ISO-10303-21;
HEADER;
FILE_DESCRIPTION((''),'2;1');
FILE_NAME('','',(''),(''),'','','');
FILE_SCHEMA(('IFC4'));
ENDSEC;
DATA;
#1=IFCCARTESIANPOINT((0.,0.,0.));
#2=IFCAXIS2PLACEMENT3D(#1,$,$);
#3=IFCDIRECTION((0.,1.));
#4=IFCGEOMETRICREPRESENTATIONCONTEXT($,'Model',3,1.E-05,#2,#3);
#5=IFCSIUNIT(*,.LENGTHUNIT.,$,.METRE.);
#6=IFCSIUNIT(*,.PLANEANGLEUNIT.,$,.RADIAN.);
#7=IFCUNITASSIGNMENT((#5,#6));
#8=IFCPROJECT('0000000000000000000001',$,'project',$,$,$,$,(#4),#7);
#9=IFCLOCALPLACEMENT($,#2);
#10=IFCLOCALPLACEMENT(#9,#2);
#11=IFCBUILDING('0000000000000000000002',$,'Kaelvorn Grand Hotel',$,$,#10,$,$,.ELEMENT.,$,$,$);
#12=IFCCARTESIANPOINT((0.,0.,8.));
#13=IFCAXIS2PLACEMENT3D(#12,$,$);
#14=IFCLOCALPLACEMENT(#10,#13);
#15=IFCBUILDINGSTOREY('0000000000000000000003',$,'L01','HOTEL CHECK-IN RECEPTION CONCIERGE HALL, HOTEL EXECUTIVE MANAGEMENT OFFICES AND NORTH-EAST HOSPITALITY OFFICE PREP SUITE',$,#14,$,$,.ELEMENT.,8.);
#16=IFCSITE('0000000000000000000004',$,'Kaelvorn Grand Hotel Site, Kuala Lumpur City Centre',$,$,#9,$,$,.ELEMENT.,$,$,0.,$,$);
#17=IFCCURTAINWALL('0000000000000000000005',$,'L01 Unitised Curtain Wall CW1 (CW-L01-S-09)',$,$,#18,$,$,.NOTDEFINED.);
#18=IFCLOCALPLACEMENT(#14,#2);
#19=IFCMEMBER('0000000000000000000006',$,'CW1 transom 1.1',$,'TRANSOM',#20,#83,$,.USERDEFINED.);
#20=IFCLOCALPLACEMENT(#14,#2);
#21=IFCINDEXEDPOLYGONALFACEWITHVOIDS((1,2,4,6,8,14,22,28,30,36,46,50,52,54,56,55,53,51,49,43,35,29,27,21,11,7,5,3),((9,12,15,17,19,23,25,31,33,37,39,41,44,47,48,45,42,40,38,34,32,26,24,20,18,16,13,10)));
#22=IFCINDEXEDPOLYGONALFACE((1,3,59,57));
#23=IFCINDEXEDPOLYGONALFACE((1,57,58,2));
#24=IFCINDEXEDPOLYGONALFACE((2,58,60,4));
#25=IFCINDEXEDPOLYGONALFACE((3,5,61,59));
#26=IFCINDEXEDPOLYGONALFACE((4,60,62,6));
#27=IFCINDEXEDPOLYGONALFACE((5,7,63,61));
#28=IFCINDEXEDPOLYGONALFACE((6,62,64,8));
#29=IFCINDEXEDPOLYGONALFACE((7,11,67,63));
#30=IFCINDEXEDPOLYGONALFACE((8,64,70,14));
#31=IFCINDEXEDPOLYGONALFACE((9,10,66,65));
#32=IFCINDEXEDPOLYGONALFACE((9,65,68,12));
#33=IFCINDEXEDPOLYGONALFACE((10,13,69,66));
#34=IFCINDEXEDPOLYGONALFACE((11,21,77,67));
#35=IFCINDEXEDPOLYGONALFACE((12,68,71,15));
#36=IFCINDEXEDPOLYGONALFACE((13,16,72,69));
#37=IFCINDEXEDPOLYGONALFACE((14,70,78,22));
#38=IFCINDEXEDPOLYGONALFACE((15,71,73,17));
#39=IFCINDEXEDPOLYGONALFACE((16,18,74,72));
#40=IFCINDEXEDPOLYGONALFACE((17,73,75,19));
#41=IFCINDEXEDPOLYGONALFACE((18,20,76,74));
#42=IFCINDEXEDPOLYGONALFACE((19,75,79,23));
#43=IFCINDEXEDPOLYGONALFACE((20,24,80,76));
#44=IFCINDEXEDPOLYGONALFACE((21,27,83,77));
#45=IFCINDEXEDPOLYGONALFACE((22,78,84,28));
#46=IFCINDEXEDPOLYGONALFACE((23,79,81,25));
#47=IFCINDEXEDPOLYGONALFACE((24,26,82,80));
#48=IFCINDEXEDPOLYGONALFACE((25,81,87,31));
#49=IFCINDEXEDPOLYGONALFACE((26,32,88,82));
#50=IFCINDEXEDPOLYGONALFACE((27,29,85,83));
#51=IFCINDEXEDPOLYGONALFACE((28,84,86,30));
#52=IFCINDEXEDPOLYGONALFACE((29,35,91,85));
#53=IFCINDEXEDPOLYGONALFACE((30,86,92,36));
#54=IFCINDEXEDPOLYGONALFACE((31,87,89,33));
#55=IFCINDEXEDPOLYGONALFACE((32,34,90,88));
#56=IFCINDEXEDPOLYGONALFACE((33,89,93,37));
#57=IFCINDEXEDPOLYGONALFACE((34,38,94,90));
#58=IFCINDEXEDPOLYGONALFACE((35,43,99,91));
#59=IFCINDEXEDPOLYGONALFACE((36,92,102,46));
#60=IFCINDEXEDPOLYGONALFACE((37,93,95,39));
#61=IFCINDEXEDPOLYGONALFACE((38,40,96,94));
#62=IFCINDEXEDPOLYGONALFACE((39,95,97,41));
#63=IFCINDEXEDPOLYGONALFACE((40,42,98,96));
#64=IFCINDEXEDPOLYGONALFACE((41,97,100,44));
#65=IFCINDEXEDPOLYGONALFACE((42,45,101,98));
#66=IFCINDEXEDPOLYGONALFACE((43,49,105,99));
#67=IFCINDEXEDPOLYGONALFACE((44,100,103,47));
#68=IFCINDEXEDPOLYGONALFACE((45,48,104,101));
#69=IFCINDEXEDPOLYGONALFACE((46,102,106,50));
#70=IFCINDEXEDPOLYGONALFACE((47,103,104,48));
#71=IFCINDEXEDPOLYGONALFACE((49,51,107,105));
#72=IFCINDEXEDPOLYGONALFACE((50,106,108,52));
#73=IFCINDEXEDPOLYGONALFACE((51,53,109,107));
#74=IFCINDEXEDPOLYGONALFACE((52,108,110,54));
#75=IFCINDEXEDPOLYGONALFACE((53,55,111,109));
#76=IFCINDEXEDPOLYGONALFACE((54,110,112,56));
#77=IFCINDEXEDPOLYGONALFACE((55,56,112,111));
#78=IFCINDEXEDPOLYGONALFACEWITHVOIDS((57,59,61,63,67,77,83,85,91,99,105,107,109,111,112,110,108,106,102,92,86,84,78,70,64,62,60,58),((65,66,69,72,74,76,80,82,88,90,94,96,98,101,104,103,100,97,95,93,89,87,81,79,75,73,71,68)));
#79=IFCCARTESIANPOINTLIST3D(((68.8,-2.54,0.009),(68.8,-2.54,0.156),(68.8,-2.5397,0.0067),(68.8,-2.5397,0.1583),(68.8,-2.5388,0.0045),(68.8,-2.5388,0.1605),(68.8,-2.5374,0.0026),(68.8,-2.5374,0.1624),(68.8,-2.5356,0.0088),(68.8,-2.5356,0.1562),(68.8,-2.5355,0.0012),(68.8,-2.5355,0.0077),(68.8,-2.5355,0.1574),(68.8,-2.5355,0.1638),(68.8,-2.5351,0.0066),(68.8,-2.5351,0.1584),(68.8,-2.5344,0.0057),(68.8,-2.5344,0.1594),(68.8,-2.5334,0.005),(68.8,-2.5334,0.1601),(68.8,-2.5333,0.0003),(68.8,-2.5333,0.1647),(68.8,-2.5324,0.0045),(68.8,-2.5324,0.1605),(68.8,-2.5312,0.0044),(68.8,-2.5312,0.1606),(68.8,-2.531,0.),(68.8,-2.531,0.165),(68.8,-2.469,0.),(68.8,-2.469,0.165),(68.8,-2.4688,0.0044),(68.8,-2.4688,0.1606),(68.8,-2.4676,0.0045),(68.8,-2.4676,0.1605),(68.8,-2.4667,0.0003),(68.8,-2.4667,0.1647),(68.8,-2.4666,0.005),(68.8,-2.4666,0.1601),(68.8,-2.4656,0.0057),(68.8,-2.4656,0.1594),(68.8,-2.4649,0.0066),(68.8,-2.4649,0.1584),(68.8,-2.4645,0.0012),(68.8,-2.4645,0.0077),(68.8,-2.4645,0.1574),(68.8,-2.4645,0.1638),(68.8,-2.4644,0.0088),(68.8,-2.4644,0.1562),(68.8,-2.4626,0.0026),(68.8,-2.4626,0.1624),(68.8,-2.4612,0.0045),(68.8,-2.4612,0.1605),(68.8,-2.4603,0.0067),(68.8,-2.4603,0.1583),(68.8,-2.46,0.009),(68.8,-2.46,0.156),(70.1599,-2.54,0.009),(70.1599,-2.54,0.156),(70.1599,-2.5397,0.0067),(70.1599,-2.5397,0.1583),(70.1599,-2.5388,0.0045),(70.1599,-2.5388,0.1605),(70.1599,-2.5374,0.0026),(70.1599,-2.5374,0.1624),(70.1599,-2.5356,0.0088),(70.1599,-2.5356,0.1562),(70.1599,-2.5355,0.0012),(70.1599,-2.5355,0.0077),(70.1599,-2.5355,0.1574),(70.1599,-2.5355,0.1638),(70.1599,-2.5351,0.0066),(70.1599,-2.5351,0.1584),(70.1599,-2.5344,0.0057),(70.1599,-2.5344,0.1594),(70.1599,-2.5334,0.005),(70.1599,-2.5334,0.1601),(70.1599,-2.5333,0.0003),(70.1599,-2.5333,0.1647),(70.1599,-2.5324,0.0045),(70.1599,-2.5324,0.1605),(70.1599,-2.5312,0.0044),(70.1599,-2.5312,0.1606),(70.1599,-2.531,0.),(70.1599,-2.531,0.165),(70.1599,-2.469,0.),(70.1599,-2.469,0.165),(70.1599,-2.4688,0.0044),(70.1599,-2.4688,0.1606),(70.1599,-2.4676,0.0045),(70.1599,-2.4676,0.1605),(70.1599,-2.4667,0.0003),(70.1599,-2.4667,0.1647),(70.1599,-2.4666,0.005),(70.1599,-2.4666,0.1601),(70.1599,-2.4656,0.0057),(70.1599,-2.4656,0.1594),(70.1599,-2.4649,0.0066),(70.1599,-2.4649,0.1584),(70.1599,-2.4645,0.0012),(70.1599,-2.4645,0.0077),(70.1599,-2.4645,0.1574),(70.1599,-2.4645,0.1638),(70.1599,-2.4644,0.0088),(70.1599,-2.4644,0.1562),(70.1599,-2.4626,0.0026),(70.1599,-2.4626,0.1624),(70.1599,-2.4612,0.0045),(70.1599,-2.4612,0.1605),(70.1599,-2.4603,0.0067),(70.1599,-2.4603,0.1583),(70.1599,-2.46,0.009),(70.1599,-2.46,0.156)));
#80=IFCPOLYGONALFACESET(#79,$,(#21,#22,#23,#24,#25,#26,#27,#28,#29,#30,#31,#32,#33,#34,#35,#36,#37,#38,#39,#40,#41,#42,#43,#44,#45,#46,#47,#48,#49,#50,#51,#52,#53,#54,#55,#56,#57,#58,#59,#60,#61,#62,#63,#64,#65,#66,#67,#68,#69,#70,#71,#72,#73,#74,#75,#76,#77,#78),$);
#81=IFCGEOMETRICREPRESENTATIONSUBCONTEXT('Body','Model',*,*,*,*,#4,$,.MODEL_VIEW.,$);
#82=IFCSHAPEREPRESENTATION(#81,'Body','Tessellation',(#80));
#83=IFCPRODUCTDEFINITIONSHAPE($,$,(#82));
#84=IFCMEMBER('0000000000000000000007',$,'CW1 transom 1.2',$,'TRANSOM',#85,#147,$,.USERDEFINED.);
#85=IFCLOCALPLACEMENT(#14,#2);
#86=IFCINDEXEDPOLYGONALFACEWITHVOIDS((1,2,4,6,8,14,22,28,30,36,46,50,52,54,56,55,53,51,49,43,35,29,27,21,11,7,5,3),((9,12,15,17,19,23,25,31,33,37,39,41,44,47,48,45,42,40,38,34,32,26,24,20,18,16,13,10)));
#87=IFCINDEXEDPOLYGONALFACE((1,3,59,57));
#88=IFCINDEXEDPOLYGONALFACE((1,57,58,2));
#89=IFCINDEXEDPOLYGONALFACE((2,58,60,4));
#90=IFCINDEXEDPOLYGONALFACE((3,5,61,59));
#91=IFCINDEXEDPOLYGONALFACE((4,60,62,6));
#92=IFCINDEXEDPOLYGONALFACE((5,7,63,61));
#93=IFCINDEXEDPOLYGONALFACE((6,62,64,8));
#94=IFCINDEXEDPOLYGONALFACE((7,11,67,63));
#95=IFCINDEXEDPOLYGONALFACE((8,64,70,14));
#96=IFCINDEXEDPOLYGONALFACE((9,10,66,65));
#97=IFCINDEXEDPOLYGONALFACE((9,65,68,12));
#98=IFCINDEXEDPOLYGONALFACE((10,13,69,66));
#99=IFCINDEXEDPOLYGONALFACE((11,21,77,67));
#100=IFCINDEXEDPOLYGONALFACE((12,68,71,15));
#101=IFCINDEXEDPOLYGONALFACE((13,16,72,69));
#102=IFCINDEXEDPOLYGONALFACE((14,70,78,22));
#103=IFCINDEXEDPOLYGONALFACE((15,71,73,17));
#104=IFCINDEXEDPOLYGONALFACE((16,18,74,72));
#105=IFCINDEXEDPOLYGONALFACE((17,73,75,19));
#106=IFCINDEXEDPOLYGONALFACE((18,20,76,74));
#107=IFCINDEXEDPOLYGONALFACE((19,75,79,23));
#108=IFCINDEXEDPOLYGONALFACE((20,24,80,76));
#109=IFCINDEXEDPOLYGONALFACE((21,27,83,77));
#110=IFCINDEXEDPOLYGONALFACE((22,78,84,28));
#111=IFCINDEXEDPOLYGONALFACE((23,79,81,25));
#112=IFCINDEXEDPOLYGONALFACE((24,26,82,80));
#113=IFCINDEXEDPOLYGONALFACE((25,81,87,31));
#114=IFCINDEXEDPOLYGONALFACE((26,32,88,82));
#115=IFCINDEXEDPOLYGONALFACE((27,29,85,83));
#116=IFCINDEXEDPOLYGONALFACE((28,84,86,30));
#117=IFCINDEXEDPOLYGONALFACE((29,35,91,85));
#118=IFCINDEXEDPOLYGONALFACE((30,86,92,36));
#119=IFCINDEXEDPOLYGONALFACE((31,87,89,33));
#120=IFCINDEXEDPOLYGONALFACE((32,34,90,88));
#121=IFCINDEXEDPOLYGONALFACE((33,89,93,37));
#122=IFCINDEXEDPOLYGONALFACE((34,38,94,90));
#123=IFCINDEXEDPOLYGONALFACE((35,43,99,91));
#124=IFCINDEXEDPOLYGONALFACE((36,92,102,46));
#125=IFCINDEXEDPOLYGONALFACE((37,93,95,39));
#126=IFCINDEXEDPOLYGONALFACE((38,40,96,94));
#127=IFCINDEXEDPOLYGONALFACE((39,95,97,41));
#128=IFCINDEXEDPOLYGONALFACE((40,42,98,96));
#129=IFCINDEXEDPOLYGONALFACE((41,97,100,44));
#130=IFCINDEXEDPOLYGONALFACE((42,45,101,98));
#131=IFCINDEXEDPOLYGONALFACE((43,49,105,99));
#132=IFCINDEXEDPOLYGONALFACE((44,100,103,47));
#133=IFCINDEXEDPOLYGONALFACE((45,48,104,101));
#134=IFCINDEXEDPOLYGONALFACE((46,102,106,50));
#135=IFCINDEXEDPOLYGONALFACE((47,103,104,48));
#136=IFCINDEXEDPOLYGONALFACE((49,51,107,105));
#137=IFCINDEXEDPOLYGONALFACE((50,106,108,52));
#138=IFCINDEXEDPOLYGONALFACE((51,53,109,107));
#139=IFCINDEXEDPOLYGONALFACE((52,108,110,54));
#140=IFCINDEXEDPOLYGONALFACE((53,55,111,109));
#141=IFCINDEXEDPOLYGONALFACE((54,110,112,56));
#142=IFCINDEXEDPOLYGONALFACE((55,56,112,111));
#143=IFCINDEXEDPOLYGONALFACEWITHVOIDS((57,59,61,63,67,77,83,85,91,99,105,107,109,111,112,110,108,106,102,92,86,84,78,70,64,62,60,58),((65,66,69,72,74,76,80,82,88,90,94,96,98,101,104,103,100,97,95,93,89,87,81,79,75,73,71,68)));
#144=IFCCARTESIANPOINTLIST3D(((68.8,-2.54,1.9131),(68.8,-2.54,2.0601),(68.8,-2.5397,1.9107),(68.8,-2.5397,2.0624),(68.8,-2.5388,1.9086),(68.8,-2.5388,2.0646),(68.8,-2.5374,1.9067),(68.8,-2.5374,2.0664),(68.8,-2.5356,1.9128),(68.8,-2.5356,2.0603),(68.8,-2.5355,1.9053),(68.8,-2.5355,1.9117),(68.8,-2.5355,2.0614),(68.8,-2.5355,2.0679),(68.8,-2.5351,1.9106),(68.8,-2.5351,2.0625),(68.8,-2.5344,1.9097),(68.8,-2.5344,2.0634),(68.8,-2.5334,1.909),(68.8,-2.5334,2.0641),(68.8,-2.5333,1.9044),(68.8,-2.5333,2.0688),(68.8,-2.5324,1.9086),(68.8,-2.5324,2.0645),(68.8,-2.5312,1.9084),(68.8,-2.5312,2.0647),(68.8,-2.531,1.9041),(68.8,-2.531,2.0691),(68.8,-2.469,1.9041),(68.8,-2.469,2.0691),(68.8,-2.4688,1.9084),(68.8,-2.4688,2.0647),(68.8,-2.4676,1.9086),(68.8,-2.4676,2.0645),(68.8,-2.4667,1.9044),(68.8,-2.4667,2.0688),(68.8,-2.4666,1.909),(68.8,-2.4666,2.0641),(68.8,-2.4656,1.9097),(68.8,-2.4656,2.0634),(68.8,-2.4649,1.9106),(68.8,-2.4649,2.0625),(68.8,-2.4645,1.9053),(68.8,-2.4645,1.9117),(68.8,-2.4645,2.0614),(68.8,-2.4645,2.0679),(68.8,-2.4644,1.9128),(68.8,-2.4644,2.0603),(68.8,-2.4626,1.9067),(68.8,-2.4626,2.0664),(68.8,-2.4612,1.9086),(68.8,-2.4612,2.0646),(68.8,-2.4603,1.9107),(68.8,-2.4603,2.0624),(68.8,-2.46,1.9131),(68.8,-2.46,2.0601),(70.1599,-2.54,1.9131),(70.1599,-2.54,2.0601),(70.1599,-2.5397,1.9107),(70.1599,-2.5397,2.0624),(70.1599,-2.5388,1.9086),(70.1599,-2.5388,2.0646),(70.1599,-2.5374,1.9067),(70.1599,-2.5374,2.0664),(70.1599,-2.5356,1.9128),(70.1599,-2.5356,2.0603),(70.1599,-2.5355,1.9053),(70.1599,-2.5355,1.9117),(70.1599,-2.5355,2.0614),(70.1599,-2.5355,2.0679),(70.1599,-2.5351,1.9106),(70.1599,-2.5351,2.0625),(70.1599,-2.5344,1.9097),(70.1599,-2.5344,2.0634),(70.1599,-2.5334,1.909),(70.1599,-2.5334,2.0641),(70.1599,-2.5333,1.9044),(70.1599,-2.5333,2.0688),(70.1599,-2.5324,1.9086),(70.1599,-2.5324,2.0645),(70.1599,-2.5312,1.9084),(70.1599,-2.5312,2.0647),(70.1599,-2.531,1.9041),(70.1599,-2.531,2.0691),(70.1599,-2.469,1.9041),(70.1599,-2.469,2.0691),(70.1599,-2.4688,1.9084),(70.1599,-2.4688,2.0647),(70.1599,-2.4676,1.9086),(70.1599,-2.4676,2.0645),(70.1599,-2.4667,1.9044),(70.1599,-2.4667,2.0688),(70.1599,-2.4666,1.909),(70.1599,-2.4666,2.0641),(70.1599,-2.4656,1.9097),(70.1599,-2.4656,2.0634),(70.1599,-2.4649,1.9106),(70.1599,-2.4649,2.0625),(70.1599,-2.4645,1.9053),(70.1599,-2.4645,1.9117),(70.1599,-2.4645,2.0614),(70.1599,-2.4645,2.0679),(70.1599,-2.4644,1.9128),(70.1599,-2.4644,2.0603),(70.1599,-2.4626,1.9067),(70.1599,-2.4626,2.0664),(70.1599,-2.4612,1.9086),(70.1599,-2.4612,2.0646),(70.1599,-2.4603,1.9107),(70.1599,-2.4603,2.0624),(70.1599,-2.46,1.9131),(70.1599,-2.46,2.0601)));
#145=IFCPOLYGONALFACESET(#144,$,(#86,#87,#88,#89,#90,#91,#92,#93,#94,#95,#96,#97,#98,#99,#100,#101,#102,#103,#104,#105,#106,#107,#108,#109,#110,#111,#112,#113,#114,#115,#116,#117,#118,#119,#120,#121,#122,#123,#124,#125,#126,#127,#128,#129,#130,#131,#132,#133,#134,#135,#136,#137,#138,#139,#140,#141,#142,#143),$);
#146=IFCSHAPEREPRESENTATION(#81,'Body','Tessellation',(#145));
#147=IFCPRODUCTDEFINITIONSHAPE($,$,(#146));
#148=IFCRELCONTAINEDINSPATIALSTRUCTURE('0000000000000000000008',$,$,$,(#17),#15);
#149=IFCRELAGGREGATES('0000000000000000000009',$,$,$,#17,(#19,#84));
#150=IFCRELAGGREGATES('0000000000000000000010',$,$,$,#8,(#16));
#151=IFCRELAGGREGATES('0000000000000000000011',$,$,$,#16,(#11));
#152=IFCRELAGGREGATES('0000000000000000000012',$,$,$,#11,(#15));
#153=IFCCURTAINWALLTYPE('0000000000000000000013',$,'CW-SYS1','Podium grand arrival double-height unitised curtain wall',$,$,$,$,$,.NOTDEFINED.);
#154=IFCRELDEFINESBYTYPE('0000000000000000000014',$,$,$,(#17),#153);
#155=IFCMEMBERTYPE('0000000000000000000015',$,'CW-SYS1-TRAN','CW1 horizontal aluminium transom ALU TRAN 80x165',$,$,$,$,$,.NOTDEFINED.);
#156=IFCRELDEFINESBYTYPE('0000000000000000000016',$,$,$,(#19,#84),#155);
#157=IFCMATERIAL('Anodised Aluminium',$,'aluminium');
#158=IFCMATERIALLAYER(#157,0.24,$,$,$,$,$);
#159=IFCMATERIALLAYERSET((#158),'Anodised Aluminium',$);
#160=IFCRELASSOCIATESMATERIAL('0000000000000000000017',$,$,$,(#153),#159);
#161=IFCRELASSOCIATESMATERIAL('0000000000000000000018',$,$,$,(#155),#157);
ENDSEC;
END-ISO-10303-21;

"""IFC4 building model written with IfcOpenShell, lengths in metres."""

from ifc_helpers import new_model, si_unit, direction, frame, origin, origin_2d, place, context, subcontext, project, spatial, hollow_rectangle, extrude, material, layer, layer_set, material_profile, profile_set, type_object, element, aggregate, save


model = new_model("IFC4")

# Units and contexts
model_context = context("Model", 3, precision=1e-05, world=origin(), true_north=direction((0.0, 1.0)))
body_context = subcontext(model_context, "Body", "Model", "MODEL_VIEW")
ifc_project = project(units=[si_unit("LENGTHUNIT", "METRE"), si_unit("PLANEANGLEUNIT", "RADIAN")], contexts=[model_context])

# Site, building, storey
site_placement = place(None, origin())
site = spatial("IfcSite", under=ifc_project, at=site_placement, Name="Kaelvorn Grand Hotel Site, Kuala Lumpur City Centre", CompositionType="ELEMENT", RefElevation=0.0)
building_placement = place(site_placement, origin())
building = spatial("IfcBuilding", under=site, at=building_placement, Name="Kaelvorn Grand Hotel", CompositionType="ELEMENT")
storey_placement = place(building_placement, frame((0.0, 0.0, 8.0)))
storey = spatial("IfcBuildingStorey", under=building, at=storey_placement, Name="L01", Description="HOTEL CHECK-IN RECEPTION CONCIERGE HALL, HOTEL EXECUTIVE MANAGEMENT OFFICES AND NORTH-EAST HOSPITALITY OFFICE PREP SUITE", CompositionType="ELEMENT", Elevation=8.0)

# Curtain wall
ifc_material_1 = material(Name="Anodised Aluminium", Category="aluminium")
ifc_layer_1 = layer(ifc_material_1, 0.24)
ifc_layer_set_1 = layer_set([ifc_layer_1], Name="Anodised Aluminium")
curtain_wall_type = type_object("IfcCurtainWallType", Name="CW-SYS1", Description="Podium grand arrival double-height unitised curtain wall", PredefinedType="NOTDEFINED", material=ifc_layer_set_1)
curtain_wall_1_placement = place(storey_placement, origin())
curtain_wall_1 = element("IfcCurtainWall", 1, at=curtain_wall_1_placement, inside=storey, type_object=curtain_wall_type, Name="L01 Unitised Curtain Wall CW1 (CW-L01-S-09)", PredefinedType="NOTDEFINED")

# Members
ifc_material_profile_1 = material_profile(ifc_material_1, hollow_rectangle(XDim=0.0801, YDim=0.165, WallThickness=0.0044, InnerFilletRadius=0.0044, OuterFilletRadius=0.009, at=origin_2d()), Name="ALU TRAN 80x165")
ifc_profile_set_1 = profile_set([ifc_material_profile_1], Name="Anodised Aluminium")
member_type_1 = type_object("IfcMemberType", Name="CW-SYS1-TRAN", Description="CW1 horizontal aluminium transom ALU TRAN 80x165", PredefinedType="NOTDEFINED", material=ifc_profile_set_1)
member_1_placement = place(storey_placement, frame((68.8, -2.5, 0.0825), z_axis=(1.0, 0.0, 0.0), x_axis=(0.0, 1.0, 0.0)))
member_1 = element("IfcMember", 2, at=member_1_placement, type_object=member_type_1, Name="CW1 transom 1.1", ObjectType="TRANSOM", PredefinedType="USERDEFINED", context=body_context, shape_type="SweptSolid", body=[
    extrude(hollow_rectangle(XDim=0.0801, YDim=0.165, WallThickness=0.0044, InnerFilletRadius=0.0044, OuterFilletRadius=0.009, at=origin_2d()), origin(), (0.0, 0.0, 1.0), 1.3599),
])
member_2_placement = place(storey_placement, frame((68.8, -2.5, 1.9866), z_axis=(1.0, 0.0, 0.0), x_axis=(0.0, 1.0, 0.0)))
member_2 = element("IfcMember", 3, at=member_2_placement, type_object=member_type_1, Name="CW1 transom 1.2", ObjectType="TRANSOM", PredefinedType="USERDEFINED", context=body_context, shape_type="SweptSolid", body=[
    extrude(hollow_rectangle(XDim=0.0801, YDim=0.165, WallThickness=0.0044, InnerFilletRadius=0.0044, OuterFilletRadius=0.009, at=origin_2d()), origin(), (0.0, 0.0, 1.0), 1.3599),
])

aggregate(curtain_wall_1, [member_1, member_2])

save(model, "model.ifc")
